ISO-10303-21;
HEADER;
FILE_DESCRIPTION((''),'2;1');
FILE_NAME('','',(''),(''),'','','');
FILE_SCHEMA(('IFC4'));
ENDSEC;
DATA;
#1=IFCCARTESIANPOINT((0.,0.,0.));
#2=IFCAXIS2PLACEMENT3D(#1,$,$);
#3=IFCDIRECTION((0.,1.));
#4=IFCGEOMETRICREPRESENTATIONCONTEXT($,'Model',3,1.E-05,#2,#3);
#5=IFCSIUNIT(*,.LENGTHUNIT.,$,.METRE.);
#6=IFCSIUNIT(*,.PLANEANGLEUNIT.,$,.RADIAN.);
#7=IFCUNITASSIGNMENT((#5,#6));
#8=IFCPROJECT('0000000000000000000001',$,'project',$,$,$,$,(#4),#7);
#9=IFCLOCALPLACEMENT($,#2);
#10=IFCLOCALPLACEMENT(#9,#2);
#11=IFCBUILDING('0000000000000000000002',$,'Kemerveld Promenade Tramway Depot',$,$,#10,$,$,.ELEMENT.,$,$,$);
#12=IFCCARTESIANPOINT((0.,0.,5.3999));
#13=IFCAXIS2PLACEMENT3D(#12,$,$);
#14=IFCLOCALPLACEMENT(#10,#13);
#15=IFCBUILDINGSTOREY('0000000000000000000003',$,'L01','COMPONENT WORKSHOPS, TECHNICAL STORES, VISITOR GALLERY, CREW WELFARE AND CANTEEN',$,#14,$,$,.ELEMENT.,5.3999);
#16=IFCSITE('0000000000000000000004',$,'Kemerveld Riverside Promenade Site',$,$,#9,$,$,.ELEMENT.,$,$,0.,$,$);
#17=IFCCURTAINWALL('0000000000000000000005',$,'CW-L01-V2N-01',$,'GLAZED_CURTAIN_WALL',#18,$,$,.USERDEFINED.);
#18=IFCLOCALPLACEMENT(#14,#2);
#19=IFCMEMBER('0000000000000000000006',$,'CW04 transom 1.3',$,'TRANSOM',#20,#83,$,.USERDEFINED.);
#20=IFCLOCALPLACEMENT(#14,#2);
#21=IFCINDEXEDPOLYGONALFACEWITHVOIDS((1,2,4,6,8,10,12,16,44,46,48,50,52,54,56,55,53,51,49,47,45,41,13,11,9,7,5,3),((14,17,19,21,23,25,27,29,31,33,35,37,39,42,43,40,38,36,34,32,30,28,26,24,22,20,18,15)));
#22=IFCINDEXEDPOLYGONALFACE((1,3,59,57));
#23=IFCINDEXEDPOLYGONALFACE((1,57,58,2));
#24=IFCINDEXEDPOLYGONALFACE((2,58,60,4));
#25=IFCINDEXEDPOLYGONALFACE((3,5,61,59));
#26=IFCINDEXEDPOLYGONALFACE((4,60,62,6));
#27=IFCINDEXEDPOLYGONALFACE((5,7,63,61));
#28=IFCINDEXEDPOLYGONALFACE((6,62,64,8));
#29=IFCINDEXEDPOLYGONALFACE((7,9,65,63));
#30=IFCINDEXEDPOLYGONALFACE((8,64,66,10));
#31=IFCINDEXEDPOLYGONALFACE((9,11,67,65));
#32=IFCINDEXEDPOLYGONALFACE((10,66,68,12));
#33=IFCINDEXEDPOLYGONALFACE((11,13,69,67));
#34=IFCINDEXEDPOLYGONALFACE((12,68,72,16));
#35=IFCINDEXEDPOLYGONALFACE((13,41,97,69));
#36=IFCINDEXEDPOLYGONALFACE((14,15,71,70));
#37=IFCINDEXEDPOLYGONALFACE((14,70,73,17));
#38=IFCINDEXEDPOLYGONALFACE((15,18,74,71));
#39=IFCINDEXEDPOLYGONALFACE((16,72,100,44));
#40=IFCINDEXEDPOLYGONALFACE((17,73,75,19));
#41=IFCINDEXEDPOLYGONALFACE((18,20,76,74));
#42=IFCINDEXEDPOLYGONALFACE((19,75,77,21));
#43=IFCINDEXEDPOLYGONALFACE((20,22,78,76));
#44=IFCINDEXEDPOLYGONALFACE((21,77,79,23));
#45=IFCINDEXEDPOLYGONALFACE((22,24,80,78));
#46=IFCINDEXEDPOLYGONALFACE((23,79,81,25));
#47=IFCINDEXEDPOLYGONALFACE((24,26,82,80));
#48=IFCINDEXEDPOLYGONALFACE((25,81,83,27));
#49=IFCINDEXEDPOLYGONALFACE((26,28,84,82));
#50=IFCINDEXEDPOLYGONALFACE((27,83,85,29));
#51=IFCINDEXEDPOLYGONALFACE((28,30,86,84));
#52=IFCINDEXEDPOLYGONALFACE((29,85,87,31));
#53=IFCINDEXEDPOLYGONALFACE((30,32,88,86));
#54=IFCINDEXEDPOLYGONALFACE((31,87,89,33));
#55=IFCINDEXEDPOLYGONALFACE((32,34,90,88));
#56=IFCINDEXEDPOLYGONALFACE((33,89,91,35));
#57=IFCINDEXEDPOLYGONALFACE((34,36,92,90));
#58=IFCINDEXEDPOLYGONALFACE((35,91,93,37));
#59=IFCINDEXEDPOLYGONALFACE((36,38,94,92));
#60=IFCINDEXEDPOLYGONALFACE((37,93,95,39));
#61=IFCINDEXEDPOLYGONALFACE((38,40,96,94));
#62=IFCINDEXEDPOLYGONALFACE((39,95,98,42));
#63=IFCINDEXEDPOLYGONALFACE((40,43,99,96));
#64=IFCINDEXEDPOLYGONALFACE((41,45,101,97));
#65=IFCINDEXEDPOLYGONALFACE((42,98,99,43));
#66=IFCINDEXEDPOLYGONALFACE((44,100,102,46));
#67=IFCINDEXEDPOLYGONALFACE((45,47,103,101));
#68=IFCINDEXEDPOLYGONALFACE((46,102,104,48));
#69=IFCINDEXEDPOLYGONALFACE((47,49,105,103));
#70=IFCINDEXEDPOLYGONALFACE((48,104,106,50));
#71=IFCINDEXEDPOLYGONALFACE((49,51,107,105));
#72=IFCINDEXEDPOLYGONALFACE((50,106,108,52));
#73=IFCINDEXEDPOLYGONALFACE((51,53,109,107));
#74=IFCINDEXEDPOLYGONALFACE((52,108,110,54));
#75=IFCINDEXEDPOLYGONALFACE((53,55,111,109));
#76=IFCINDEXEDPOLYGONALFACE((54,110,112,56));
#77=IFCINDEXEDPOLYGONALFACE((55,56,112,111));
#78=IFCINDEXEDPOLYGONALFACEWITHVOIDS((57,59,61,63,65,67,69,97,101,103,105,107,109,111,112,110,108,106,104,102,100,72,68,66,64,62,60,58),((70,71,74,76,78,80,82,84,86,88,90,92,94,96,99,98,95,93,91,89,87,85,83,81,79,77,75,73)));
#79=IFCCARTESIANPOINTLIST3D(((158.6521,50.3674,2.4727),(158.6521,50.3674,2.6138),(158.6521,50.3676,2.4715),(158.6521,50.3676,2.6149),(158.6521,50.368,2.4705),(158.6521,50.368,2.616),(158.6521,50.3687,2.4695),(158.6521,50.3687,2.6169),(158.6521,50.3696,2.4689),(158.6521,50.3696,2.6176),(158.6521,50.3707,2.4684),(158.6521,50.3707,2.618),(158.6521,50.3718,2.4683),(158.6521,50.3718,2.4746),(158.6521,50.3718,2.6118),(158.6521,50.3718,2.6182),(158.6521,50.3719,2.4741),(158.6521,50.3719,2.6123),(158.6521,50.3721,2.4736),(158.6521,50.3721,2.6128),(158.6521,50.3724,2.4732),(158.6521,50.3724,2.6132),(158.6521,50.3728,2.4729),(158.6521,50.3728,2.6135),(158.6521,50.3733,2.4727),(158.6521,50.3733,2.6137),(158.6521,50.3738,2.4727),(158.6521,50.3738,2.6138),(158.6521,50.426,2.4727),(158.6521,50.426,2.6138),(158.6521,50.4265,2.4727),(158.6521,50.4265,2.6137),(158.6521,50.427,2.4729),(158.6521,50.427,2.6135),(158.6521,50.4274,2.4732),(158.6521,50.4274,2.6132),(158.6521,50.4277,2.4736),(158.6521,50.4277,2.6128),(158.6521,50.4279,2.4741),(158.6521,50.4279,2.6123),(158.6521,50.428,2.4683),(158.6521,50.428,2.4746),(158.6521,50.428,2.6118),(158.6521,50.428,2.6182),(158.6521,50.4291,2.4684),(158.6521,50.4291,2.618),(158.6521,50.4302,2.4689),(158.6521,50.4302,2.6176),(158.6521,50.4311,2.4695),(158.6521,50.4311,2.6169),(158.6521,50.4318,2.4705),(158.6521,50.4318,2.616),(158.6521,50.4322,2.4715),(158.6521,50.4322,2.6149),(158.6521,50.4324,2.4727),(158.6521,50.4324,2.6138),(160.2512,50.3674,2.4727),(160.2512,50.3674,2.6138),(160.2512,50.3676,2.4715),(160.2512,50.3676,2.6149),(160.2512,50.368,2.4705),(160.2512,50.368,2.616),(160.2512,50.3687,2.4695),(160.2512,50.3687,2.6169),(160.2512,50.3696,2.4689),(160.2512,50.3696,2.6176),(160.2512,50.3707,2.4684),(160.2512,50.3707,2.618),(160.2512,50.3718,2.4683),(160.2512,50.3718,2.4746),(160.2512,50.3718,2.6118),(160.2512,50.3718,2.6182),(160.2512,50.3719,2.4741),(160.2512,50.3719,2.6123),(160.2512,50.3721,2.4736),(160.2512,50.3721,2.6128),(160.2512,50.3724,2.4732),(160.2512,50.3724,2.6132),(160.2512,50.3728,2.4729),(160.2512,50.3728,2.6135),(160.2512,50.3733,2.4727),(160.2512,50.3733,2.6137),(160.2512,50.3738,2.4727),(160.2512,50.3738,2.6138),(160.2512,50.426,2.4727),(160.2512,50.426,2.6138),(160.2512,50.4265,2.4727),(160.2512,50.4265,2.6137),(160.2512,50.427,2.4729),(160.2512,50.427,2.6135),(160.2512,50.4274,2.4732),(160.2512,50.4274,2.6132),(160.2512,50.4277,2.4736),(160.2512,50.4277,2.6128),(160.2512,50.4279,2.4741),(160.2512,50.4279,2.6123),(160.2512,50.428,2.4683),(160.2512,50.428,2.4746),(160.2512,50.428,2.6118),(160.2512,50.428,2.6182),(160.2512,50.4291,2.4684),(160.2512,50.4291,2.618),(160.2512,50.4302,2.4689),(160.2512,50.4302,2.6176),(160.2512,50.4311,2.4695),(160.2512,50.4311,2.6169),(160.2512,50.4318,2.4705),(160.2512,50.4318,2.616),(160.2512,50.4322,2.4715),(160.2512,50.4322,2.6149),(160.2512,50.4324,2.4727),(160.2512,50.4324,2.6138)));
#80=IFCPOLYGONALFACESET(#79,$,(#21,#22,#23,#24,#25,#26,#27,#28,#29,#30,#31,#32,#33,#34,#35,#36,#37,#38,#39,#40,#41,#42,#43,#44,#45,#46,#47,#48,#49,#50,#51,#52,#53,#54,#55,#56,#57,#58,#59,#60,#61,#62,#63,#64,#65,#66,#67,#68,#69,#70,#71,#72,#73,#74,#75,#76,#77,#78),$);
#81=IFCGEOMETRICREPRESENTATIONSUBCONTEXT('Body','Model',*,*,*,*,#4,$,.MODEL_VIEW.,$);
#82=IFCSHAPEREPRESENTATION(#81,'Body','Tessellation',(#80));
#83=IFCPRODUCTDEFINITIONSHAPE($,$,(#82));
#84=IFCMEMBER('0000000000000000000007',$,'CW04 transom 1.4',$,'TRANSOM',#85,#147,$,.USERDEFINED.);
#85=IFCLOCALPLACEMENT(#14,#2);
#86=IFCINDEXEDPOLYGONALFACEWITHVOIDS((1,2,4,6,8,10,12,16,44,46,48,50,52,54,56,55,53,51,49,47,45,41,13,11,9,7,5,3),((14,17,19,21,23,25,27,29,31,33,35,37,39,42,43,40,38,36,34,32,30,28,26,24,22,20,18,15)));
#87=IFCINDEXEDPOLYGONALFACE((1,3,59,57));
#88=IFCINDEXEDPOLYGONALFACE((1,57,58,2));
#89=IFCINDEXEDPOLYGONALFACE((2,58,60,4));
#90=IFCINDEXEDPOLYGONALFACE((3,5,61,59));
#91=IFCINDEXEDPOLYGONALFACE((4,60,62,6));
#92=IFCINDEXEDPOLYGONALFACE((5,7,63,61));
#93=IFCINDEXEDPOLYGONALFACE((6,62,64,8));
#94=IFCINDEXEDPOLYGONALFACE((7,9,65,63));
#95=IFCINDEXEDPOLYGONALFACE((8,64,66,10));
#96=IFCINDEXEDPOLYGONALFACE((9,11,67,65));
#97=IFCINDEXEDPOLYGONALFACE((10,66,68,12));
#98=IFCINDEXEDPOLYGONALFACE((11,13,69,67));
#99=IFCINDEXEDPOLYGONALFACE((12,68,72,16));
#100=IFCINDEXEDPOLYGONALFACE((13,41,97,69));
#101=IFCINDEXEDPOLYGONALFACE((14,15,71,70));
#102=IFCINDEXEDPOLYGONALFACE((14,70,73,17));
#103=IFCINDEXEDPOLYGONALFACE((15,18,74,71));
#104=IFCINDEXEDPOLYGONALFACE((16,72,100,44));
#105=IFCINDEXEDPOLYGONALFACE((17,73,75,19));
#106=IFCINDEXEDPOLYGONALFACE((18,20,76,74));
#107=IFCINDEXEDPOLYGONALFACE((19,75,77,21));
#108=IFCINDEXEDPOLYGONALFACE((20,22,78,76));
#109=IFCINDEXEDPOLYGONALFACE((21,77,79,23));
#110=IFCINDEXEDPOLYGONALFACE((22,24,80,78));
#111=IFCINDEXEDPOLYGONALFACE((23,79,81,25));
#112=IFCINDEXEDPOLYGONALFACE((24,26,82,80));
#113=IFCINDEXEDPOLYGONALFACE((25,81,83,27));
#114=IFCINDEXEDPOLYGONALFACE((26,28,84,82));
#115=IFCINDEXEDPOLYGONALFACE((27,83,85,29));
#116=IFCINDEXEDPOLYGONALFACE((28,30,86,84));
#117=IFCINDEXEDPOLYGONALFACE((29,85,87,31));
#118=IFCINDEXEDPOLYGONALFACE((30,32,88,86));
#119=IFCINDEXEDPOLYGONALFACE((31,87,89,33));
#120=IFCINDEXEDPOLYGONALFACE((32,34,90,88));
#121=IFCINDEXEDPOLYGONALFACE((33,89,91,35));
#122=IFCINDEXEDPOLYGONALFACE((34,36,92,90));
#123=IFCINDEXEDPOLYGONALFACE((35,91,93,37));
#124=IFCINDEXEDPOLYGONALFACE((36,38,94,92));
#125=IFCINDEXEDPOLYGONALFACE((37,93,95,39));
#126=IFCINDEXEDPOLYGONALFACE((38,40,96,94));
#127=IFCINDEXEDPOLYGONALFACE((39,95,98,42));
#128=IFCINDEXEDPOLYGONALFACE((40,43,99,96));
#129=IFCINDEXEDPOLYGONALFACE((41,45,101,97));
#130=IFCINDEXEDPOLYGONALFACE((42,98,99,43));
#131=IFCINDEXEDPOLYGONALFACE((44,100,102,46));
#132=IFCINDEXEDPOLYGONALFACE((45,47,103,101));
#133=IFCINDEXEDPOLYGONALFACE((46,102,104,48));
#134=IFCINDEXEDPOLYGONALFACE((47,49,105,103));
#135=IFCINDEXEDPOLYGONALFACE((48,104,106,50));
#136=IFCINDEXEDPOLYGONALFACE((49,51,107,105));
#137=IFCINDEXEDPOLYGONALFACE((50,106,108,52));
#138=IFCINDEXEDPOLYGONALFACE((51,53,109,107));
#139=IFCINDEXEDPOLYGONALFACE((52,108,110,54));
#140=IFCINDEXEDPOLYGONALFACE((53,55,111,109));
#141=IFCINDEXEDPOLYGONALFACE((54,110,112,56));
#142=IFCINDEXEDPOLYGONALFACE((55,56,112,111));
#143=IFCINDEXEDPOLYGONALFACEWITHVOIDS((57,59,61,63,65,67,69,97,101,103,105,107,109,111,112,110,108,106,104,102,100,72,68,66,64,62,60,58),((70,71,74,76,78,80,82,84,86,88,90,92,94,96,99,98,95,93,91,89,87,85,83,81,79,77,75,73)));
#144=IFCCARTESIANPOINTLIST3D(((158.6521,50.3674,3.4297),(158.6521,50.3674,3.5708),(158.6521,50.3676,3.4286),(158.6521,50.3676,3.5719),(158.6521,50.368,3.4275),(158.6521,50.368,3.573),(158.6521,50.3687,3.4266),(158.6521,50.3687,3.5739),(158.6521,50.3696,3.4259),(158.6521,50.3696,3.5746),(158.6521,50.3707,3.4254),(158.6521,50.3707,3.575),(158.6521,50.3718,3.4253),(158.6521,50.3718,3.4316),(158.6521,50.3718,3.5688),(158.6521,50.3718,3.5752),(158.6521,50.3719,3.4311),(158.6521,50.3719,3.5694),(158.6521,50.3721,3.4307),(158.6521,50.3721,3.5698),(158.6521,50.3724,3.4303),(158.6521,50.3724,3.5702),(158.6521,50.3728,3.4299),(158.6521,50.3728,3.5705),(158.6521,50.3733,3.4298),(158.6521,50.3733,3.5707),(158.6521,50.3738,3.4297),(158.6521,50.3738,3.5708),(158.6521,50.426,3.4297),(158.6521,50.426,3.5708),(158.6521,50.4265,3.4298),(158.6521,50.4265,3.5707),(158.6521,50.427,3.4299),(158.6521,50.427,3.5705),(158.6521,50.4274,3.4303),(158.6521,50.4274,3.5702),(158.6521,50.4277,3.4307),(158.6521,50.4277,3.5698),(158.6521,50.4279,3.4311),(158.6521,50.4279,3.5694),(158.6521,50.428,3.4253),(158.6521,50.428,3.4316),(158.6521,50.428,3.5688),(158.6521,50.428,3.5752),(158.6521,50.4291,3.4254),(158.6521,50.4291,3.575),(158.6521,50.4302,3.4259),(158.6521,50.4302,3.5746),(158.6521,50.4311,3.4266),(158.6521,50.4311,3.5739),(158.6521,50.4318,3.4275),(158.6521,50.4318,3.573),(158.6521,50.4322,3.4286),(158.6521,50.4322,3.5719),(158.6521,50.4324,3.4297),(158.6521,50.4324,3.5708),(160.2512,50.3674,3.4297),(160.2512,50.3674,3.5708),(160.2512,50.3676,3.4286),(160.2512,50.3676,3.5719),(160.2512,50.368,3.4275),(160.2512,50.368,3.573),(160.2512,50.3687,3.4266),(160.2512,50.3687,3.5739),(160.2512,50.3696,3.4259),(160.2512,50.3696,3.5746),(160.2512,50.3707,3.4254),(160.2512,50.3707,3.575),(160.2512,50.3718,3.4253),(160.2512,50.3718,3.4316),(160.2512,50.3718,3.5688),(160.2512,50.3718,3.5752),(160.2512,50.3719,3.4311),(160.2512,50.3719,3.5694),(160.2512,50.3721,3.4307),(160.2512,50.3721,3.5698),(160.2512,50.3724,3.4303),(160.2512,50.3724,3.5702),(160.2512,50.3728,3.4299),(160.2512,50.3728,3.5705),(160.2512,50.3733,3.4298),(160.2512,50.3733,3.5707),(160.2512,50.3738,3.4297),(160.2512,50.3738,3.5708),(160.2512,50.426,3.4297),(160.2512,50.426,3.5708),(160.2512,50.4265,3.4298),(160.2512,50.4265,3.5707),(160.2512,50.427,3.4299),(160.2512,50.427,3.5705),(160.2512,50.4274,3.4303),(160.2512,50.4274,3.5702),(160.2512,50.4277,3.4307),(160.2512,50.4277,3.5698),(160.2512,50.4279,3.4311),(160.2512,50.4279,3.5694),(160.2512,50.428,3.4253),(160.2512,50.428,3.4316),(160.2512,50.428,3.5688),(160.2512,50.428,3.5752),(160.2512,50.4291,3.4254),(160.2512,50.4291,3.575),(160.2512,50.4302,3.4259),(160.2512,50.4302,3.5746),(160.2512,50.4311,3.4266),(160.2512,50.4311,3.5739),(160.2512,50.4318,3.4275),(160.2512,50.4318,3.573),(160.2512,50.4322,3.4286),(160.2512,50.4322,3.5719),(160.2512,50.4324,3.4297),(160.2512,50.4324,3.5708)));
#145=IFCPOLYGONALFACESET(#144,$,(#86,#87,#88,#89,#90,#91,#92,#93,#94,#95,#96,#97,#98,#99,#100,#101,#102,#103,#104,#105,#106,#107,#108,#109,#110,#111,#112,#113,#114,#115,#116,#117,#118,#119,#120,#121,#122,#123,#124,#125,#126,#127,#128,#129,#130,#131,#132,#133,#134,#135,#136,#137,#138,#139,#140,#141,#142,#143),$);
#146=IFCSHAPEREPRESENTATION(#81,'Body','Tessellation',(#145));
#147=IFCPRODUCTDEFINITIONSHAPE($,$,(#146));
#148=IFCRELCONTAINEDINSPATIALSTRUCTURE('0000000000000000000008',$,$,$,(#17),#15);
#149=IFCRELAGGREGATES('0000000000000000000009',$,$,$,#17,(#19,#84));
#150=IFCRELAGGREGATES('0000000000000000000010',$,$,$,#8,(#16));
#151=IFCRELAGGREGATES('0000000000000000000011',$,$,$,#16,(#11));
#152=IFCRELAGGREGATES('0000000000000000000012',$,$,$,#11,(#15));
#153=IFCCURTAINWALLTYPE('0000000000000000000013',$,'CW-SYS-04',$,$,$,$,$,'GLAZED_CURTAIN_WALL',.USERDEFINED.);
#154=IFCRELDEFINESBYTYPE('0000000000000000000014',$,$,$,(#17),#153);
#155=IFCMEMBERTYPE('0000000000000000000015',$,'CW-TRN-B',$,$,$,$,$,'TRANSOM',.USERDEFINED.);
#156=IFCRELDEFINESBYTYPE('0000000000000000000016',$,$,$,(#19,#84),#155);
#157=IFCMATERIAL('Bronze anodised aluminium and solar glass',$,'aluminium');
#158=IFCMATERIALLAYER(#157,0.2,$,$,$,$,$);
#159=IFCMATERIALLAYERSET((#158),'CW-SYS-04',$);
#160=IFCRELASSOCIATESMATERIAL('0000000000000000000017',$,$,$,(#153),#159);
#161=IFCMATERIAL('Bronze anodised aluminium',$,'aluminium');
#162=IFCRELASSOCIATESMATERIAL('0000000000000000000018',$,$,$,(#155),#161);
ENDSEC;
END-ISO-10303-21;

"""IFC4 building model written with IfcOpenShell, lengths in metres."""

from ifc_helpers import new_model, si_unit, direction, frame, origin, origin_2d, place, context, subcontext, project, spatial, hollow_rectangle, extrude, material, layer, layer_set, material_profile, profile_set, type_object, element, aggregate, save


model = new_model("IFC4")

# Units and contexts
model_context = context("Model", 3, precision=1e-05, world=origin(), true_north=direction((0.0, 1.0)))
body_context = subcontext(model_context, "Body", "Model", "MODEL_VIEW")
ifc_project = project(units=[si_unit("LENGTHUNIT", "METRE"), si_unit("PLANEANGLEUNIT", "RADIAN")], contexts=[model_context])

# Site, building, storey
site_placement = place(None, origin())
site = spatial("IfcSite", under=ifc_project, at=site_placement, Name="Kemerveld Riverside Promenade Site", CompositionType="ELEMENT", RefElevation=0.0)
building_placement = place(site_placement, origin())
building = spatial("IfcBuilding", under=site, at=building_placement, Name="Kemerveld Promenade Tramway Depot", CompositionType="ELEMENT")
storey_placement = place(building_placement, frame((0.0, 0.0, 5.3999)))
storey = spatial("IfcBuildingStorey", under=building, at=storey_placement, Name="L01", Description="COMPONENT WORKSHOPS, TECHNICAL STORES, VISITOR GALLERY, CREW WELFARE AND CANTEEN", CompositionType="ELEMENT", Elevation=5.3999)

# Curtain wall
ifc_material_1 = material(Name="Bronze anodised aluminium and solar glass", Category="aluminium")
ifc_layer_1 = layer(ifc_material_1, 0.2)
ifc_layer_set_1 = layer_set([ifc_layer_1], Name="CW-SYS-04")
curtain_wall_type_1 = type_object("IfcCurtainWallType", Name="CW-SYS-04", ElementType="GLAZED_CURTAIN_WALL", PredefinedType="USERDEFINED", material=ifc_layer_set_1)
curtain_wall_1_placement = place(storey_placement, origin())
curtain_wall_1 = element("IfcCurtainWall", 1, at=curtain_wall_1_placement, inside=storey, type_object=curtain_wall_type_1, Name="CW-L01-V2N-01", ObjectType="GLAZED_CURTAIN_WALL", PredefinedType="USERDEFINED")
ifc_material_2 = material(Name="Bronze anodised aluminium", Category="aluminium")

# Members
ifc_material_profile_1 = material_profile(ifc_material_2, hollow_rectangle(XDim=0.0649, YDim=0.1499, WallThickness=0.0044, InnerFilletRadius=0.002, OuterFilletRadius=0.0044, at=origin_2d()), Name="CW-TRN-150x65")
ifc_profile_set_1 = profile_set([ifc_material_profile_1], Name="Bronze anodised aluminium")
member_type_1 = type_object("IfcMemberType", Name="CW-TRN-B", ElementType="TRANSOM", PredefinedType="USERDEFINED", material=ifc_profile_set_1)
member_1_placement = place(storey_placement, frame((158.6521, 50.3999, 2.5432), z_axis=(1.0, 0.0, 0.0), x_axis=(0.0, 1.0, 0.0)))
member_1 = element("IfcMember", 2, at=member_1_placement, type_object=member_type_1, Name="CW04 transom 1.3", ObjectType="TRANSOM", PredefinedType="USERDEFINED", context=body_context, shape_type="SweptSolid", body=[
    extrude(hollow_rectangle(XDim=0.0649, YDim=0.1499, WallThickness=0.0044, InnerFilletRadius=0.002, OuterFilletRadius=0.0044, at=origin_2d()), origin(), (0.0, 0.0, 1.0), 1.5991),
])
member_2_placement = place(storey_placement, frame((158.6521, 50.3999, 3.5002), z_axis=(1.0, 0.0, 0.0), x_axis=(0.0, 1.0, 0.0)))
member_2 = element("IfcMember", 3, at=member_2_placement, type_object=member_type_1, Name="CW04 transom 1.4", ObjectType="TRANSOM", PredefinedType="USERDEFINED", context=body_context, shape_type="SweptSolid", body=[
    extrude(hollow_rectangle(XDim=0.0649, YDim=0.1499, WallThickness=0.0044, InnerFilletRadius=0.002, OuterFilletRadius=0.0044, at=origin_2d()), origin(), (0.0, 0.0, 1.0), 1.5991),
])

aggregate(curtain_wall_1, [member_1, member_2])

save(model, "model.ifc")
